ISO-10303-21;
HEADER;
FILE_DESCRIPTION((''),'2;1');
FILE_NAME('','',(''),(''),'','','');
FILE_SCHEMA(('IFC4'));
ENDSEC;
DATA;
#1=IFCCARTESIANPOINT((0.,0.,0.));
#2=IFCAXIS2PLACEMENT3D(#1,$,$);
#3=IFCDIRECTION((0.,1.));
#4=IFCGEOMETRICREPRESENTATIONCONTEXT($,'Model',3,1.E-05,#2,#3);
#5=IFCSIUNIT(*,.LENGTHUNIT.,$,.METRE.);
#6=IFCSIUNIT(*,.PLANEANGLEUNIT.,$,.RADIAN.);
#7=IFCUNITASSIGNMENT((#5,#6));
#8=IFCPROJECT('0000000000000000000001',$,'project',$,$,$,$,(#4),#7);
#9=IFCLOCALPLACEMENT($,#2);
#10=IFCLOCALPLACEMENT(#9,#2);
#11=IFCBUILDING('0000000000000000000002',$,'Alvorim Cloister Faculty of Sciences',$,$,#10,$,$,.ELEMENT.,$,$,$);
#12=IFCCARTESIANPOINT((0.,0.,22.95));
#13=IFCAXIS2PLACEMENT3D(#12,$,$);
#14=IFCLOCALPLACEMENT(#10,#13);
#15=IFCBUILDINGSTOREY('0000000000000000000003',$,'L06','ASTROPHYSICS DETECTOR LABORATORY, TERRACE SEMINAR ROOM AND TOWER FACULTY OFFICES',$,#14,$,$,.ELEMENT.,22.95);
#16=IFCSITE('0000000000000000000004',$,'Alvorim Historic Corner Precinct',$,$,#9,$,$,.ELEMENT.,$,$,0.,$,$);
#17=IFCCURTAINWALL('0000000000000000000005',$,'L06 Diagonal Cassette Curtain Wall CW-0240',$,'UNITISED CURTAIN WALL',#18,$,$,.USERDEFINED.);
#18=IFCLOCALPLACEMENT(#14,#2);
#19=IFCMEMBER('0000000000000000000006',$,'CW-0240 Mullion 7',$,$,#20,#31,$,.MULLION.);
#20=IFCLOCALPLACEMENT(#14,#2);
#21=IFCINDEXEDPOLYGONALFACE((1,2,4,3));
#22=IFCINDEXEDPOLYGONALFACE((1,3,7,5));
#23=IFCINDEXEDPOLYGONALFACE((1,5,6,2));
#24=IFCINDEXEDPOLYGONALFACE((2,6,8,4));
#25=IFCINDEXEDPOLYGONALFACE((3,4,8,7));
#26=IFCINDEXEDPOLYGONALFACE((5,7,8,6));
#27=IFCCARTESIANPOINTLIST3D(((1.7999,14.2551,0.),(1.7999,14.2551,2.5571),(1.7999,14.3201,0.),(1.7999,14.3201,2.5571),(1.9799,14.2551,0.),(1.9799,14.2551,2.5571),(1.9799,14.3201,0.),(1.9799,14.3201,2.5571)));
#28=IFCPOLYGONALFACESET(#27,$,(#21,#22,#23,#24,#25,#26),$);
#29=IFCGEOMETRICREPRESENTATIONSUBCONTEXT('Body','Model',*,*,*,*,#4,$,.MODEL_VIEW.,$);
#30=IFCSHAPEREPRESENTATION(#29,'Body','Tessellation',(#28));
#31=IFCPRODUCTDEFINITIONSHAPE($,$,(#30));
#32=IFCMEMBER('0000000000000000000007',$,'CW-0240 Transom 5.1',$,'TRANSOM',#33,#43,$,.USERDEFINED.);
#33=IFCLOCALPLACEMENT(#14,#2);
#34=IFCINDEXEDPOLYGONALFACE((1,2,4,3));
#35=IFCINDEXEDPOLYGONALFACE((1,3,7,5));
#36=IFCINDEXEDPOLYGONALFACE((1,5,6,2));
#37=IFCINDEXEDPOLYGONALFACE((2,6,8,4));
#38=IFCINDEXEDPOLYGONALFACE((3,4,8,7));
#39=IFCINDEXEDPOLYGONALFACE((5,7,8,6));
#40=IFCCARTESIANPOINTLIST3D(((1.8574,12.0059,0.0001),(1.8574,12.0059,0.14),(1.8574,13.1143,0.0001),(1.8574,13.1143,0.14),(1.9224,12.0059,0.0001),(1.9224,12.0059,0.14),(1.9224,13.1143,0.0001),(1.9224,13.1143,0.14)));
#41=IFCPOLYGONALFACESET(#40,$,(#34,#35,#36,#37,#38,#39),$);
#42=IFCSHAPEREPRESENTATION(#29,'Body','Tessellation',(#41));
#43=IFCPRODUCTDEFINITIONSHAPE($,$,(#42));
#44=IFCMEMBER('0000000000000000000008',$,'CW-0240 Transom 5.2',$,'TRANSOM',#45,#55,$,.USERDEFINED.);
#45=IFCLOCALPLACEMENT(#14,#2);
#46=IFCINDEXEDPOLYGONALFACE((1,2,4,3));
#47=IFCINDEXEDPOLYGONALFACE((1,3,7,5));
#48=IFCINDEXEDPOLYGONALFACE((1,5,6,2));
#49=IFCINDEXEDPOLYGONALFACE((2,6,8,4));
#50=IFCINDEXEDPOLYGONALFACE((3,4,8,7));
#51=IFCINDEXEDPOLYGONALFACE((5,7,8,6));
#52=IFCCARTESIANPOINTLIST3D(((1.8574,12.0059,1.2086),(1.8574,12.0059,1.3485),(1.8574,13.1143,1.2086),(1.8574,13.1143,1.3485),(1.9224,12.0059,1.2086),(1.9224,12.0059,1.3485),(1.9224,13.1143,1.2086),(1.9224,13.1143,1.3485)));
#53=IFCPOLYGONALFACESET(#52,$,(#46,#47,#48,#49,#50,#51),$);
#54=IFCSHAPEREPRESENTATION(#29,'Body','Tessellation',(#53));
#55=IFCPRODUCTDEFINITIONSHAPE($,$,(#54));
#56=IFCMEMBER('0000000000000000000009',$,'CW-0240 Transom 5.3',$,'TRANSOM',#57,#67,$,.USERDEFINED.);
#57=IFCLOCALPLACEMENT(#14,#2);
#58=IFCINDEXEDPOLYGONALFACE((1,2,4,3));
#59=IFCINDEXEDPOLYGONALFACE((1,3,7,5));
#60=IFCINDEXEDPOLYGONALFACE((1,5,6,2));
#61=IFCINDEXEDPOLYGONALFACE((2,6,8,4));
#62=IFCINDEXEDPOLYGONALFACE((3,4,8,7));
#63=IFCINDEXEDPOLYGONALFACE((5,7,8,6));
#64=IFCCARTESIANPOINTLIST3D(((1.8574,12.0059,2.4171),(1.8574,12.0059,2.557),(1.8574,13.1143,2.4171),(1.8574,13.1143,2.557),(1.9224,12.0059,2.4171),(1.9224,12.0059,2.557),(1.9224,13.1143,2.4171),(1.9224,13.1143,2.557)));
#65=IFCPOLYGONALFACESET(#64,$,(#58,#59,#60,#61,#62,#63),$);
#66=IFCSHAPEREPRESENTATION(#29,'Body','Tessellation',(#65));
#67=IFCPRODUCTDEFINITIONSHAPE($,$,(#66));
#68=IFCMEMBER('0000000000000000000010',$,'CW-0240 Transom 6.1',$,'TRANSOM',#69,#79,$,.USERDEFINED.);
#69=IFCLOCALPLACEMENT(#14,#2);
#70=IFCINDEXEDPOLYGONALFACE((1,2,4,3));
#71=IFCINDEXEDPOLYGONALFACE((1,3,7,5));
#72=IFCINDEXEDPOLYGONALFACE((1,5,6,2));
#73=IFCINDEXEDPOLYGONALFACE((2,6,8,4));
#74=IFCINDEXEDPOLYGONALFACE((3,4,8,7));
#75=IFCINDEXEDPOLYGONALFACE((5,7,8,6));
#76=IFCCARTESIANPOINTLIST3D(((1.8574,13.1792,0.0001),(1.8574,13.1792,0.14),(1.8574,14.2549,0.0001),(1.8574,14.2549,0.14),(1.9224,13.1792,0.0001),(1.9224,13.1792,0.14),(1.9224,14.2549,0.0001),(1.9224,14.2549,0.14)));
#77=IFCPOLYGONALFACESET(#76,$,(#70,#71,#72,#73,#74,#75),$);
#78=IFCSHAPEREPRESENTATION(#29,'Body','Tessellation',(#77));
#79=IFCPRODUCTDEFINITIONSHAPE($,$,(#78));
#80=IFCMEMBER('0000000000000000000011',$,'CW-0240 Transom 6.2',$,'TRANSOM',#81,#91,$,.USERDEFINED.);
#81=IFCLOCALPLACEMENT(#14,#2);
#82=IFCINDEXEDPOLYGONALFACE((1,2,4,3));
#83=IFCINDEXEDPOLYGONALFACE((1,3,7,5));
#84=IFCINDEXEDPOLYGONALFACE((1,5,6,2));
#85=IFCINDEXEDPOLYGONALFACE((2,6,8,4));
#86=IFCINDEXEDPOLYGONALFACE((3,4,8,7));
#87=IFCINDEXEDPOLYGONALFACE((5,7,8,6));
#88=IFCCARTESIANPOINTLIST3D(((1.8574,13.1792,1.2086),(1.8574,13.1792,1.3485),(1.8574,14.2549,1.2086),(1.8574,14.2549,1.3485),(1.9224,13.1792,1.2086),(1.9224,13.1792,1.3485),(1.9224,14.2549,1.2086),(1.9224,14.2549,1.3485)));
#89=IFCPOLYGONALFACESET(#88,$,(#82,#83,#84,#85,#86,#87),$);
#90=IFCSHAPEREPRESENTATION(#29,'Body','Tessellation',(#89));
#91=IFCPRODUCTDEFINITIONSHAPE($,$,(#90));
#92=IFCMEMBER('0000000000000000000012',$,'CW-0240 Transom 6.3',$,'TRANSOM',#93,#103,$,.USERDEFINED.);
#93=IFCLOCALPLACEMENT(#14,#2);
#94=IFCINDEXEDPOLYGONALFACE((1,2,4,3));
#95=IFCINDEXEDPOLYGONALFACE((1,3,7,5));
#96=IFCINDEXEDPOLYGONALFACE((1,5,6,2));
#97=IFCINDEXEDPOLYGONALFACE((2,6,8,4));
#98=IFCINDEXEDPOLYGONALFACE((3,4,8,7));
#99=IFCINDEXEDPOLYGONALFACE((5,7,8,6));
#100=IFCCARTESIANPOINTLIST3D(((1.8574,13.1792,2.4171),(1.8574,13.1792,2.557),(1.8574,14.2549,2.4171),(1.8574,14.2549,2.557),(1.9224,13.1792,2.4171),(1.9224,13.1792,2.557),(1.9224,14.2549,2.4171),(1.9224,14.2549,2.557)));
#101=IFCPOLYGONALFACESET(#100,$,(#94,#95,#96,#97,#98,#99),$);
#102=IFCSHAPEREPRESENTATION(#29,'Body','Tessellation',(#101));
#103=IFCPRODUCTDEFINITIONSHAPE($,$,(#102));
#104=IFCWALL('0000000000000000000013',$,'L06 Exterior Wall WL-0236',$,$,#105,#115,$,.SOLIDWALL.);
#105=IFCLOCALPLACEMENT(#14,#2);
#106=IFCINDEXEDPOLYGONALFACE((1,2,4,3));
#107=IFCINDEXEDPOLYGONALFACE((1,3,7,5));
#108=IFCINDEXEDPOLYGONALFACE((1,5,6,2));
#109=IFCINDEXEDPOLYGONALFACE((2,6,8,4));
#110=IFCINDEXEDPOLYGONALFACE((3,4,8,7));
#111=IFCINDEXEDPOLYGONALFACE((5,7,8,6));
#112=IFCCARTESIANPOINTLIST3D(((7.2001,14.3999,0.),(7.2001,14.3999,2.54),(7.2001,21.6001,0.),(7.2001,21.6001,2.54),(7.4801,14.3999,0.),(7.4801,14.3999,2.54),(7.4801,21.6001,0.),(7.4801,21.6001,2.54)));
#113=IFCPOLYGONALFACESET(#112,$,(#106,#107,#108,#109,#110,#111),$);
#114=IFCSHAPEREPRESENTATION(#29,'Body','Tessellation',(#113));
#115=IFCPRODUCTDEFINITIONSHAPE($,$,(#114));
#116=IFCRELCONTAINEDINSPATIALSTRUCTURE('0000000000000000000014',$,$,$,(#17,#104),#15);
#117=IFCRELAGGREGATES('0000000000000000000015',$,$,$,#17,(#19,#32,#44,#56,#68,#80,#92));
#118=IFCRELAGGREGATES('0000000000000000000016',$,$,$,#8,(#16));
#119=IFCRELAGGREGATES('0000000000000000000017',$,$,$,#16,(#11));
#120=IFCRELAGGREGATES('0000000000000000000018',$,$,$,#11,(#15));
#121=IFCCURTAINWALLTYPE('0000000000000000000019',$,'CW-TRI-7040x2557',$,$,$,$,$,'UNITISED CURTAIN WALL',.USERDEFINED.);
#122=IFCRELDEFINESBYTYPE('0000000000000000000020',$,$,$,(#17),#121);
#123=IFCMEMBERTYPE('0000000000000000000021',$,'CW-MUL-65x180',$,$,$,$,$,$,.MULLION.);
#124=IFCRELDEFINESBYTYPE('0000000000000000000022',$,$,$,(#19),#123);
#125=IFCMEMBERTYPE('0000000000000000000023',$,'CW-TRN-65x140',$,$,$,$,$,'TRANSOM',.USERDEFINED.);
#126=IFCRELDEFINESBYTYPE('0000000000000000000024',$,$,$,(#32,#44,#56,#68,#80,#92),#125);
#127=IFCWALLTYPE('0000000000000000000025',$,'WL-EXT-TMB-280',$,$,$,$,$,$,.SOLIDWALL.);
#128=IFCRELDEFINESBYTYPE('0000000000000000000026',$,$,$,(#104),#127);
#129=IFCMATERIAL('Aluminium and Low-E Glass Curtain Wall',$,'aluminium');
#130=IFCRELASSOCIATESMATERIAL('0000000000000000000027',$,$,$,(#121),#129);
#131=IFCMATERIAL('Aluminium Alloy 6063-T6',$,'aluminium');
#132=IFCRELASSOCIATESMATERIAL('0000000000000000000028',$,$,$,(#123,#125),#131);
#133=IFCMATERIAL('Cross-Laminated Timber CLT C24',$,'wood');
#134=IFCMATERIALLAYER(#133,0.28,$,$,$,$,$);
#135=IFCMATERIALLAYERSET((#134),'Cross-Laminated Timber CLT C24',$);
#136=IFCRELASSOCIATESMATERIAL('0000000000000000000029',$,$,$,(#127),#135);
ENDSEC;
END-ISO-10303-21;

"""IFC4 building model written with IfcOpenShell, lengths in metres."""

from ifc_helpers import new_model, si_unit, direction, frame, frame_2d, origin, origin_2d, place, context, subcontext, project, spatial, rectangle, extrude, material, layer, layer_set, material_profile, profile_set, type_object, element, aggregate, save


model = new_model("IFC4")

# Units and contexts
model_context = context("Model", 3, precision=1e-05, world=origin(), true_north=direction((0.0, 1.0)))
body_context = subcontext(model_context, "Body", "Model", "MODEL_VIEW")
ifc_project = project(units=[si_unit("LENGTHUNIT", "METRE"), si_unit("PLANEANGLEUNIT", "RADIAN")], contexts=[model_context])

# Site, building, storey
site_placement = place(None, origin())
site = spatial("IfcSite", under=ifc_project, at=site_placement, Name="Alvorim Historic Corner Precinct", CompositionType="ELEMENT", RefElevation=0.0)
building_placement = place(site_placement, origin())
building = spatial("IfcBuilding", under=site, at=building_placement, Name="Alvorim Cloister Faculty of Sciences", CompositionType="ELEMENT")
storey_placement = place(building_placement, frame((0.0, 0.0, 22.95)))
storey = spatial("IfcBuildingStorey", under=building, at=storey_placement, Name="L06", Description="ASTROPHYSICS DETECTOR LABORATORY, TERRACE SEMINAR ROOM AND TOWER FACULTY OFFICES", CompositionType="ELEMENT", Elevation=22.95)

# Curtain wall, members
ifc_material_1 = material(Name="Aluminium and Low-E Glass Curtain Wall", Category="aluminium")
curtain_wall_type = type_object("IfcCurtainWallType", Name="CW-TRI-7040x2557", ElementType="UNITISED CURTAIN WALL", PredefinedType="USERDEFINED", material=ifc_material_1)
curtain_wall_placement = place(storey_placement, origin())
curtain_wall = element("IfcCurtainWall", 1, at=curtain_wall_placement, inside=storey, type_object=curtain_wall_type, Name="L06 Diagonal Cassette Curtain Wall CW-0240", ObjectType="UNITISED CURTAIN WALL", PredefinedType="USERDEFINED")
ifc_material_2 = material(Name="Aluminium Alloy 6063-T6", Category="aluminium")
ifc_material_profile_1 = material_profile(ifc_material_2, rectangle(XDim=0.0649, YDim=0.1799, at=origin_2d()), Name="ALU-MUL-65x180")
ifc_profile_set_1 = profile_set([ifc_material_profile_1], Name="Aluminium Alloy 6063-T6")
member_type_1 = type_object("IfcMemberType", Name="CW-MUL-65x180", PredefinedType="MULLION", material=ifc_profile_set_1)
member_1_placement = place(storey_placement, frame((1.8899, 14.2876, 0.0), z_axis=(0.0, 0.0, 1.0), x_axis=(0.0, 1.0, 0.0)))
member_1 = element("IfcMember", 2, at=member_1_placement, type_object=member_type_1, Name="CW-0240 Mullion 7", PredefinedType="MULLION", context=body_context, shape_type="SweptSolid", body=[
    extrude(rectangle(XDim=0.0649, YDim=0.1799, at=origin_2d()), origin(), (0.0, 0.0, 1.0), 2.5571),
])
ifc_material_profile_2 = material_profile(ifc_material_2, rectangle(XDim=0.0649, YDim=0.1399, at=origin_2d()), Name="ALU-TRN-65x140")
ifc_profile_set_2 = profile_set([ifc_material_profile_2], Name="Aluminium Alloy 6063-T6")
member_type_2 = type_object("IfcMemberType", Name="CW-TRN-65x140", ElementType="TRANSOM", PredefinedType="USERDEFINED", material=ifc_profile_set_2)
member_2_placement = place(storey_placement, frame((1.8899, 12.0059, 0.0701), z_axis=(0.0, 1.0, 0.0), x_axis=(-1.0, 0.0, 0.0)))
member_2 = element("IfcMember", 3, at=member_2_placement, type_object=member_type_2, Name="CW-0240 Transom 5.1", ObjectType="TRANSOM", PredefinedType="USERDEFINED", context=body_context, shape_type="SweptSolid", body=[
    extrude(rectangle(XDim=0.0649, YDim=0.1399, at=origin_2d()), origin(), (0.0, 0.0, 1.0), 1.1084),
])
member_3_placement = place(storey_placement, frame((1.8899, 12.0059, 1.2786), z_axis=(0.0, 1.0, 0.0), x_axis=(-1.0, 0.0, 0.0)))
member_3 = element("IfcMember", 4, at=member_3_placement, type_object=member_type_2, Name="CW-0240 Transom 5.2", ObjectType="TRANSOM", PredefinedType="USERDEFINED", context=body_context, shape_type="SweptSolid", body=[
    extrude(rectangle(XDim=0.0649, YDim=0.1399, at=origin_2d()), origin(), (0.0, 0.0, 1.0), 1.1084),
])
member_4_placement = place(storey_placement, frame((1.8899, 12.0059, 2.4871), z_axis=(0.0, 1.0, 0.0), x_axis=(-1.0, 0.0, 0.0)))
member_4 = element("IfcMember", 5, at=member_4_placement, type_object=member_type_2, Name="CW-0240 Transom 5.3", ObjectType="TRANSOM", PredefinedType="USERDEFINED", context=body_context, shape_type="SweptSolid", body=[
    extrude(rectangle(XDim=0.0649, YDim=0.1399, at=origin_2d()), origin(), (0.0, 0.0, 1.0), 1.1084),
])
member_5_placement = place(storey_placement, frame((1.8899, 13.1792, 0.0701), z_axis=(0.0, 1.0, 0.0), x_axis=(-1.0, 0.0, 0.0)))
member_5 = element("IfcMember", 6, at=member_5_placement, type_object=member_type_2, Name="CW-0240 Transom 6.1", ObjectType="TRANSOM", PredefinedType="USERDEFINED", context=body_context, shape_type="SweptSolid", body=[
    extrude(rectangle(XDim=0.0649, YDim=0.1399, at=origin_2d()), origin(), (0.0, 0.0, 1.0), 1.0757),
])
member_6_placement = place(storey_placement, frame((1.8899, 13.1792, 1.2786), z_axis=(0.0, 1.0, 0.0), x_axis=(-1.0, 0.0, 0.0)))
member_6 = element("IfcMember", 7, at=member_6_placement, type_object=member_type_2, Name="CW-0240 Transom 6.2", ObjectType="TRANSOM", PredefinedType="USERDEFINED", context=body_context, shape_type="SweptSolid", body=[
    extrude(rectangle(XDim=0.0649, YDim=0.1399, at=origin_2d()), origin(), (0.0, 0.0, 1.0), 1.0757),
])
member_7_placement = place(storey_placement, frame((1.8899, 13.1792, 2.4871), z_axis=(0.0, 1.0, 0.0), x_axis=(-1.0, 0.0, 0.0)))
member_7 = element("IfcMember", 8, at=member_7_placement, type_object=member_type_2, Name="CW-0240 Transom 6.3", ObjectType="TRANSOM", PredefinedType="USERDEFINED", context=body_context, shape_type="SweptSolid", body=[
    extrude(rectangle(XDim=0.0649, YDim=0.1399, at=origin_2d()), origin(), (0.0, 0.0, 1.0), 1.0757),
])
aggregate(curtain_wall, [member_1, member_2, member_3, member_4, member_5, member_6, member_7])

# Wall
ifc_material_3 = material(Name="Cross-Laminated Timber CLT C24", Category="wood")
ifc_layer = layer(ifc_material_3, 0.28)
ifc_layer_set = layer_set([ifc_layer], Name="Cross-Laminated Timber CLT C24")
wall_type = type_object("IfcWallType", Name="WL-EXT-TMB-280", PredefinedType="SOLIDWALL", material=ifc_layer_set)
wall_placement = place(storey_placement, frame((7.3401, 14.3999, 0.0), z_axis=(0.0, 0.0, 1.0), x_axis=(0.0, 1.0, 0.0)))
element("IfcWall", 9, at=wall_placement, inside=storey, type_object=wall_type, Name="L06 Exterior Wall WL-0236", PredefinedType="SOLIDWALL", context=body_context, shape_type="SweptSolid", body=[
    extrude(rectangle(XDim=7.2002, YDim=0.28, at=frame_2d((3.6001, 0.0))), origin(), (0.0, 0.0, 1.0), 2.54),
])

save(model, "model.ifc")
